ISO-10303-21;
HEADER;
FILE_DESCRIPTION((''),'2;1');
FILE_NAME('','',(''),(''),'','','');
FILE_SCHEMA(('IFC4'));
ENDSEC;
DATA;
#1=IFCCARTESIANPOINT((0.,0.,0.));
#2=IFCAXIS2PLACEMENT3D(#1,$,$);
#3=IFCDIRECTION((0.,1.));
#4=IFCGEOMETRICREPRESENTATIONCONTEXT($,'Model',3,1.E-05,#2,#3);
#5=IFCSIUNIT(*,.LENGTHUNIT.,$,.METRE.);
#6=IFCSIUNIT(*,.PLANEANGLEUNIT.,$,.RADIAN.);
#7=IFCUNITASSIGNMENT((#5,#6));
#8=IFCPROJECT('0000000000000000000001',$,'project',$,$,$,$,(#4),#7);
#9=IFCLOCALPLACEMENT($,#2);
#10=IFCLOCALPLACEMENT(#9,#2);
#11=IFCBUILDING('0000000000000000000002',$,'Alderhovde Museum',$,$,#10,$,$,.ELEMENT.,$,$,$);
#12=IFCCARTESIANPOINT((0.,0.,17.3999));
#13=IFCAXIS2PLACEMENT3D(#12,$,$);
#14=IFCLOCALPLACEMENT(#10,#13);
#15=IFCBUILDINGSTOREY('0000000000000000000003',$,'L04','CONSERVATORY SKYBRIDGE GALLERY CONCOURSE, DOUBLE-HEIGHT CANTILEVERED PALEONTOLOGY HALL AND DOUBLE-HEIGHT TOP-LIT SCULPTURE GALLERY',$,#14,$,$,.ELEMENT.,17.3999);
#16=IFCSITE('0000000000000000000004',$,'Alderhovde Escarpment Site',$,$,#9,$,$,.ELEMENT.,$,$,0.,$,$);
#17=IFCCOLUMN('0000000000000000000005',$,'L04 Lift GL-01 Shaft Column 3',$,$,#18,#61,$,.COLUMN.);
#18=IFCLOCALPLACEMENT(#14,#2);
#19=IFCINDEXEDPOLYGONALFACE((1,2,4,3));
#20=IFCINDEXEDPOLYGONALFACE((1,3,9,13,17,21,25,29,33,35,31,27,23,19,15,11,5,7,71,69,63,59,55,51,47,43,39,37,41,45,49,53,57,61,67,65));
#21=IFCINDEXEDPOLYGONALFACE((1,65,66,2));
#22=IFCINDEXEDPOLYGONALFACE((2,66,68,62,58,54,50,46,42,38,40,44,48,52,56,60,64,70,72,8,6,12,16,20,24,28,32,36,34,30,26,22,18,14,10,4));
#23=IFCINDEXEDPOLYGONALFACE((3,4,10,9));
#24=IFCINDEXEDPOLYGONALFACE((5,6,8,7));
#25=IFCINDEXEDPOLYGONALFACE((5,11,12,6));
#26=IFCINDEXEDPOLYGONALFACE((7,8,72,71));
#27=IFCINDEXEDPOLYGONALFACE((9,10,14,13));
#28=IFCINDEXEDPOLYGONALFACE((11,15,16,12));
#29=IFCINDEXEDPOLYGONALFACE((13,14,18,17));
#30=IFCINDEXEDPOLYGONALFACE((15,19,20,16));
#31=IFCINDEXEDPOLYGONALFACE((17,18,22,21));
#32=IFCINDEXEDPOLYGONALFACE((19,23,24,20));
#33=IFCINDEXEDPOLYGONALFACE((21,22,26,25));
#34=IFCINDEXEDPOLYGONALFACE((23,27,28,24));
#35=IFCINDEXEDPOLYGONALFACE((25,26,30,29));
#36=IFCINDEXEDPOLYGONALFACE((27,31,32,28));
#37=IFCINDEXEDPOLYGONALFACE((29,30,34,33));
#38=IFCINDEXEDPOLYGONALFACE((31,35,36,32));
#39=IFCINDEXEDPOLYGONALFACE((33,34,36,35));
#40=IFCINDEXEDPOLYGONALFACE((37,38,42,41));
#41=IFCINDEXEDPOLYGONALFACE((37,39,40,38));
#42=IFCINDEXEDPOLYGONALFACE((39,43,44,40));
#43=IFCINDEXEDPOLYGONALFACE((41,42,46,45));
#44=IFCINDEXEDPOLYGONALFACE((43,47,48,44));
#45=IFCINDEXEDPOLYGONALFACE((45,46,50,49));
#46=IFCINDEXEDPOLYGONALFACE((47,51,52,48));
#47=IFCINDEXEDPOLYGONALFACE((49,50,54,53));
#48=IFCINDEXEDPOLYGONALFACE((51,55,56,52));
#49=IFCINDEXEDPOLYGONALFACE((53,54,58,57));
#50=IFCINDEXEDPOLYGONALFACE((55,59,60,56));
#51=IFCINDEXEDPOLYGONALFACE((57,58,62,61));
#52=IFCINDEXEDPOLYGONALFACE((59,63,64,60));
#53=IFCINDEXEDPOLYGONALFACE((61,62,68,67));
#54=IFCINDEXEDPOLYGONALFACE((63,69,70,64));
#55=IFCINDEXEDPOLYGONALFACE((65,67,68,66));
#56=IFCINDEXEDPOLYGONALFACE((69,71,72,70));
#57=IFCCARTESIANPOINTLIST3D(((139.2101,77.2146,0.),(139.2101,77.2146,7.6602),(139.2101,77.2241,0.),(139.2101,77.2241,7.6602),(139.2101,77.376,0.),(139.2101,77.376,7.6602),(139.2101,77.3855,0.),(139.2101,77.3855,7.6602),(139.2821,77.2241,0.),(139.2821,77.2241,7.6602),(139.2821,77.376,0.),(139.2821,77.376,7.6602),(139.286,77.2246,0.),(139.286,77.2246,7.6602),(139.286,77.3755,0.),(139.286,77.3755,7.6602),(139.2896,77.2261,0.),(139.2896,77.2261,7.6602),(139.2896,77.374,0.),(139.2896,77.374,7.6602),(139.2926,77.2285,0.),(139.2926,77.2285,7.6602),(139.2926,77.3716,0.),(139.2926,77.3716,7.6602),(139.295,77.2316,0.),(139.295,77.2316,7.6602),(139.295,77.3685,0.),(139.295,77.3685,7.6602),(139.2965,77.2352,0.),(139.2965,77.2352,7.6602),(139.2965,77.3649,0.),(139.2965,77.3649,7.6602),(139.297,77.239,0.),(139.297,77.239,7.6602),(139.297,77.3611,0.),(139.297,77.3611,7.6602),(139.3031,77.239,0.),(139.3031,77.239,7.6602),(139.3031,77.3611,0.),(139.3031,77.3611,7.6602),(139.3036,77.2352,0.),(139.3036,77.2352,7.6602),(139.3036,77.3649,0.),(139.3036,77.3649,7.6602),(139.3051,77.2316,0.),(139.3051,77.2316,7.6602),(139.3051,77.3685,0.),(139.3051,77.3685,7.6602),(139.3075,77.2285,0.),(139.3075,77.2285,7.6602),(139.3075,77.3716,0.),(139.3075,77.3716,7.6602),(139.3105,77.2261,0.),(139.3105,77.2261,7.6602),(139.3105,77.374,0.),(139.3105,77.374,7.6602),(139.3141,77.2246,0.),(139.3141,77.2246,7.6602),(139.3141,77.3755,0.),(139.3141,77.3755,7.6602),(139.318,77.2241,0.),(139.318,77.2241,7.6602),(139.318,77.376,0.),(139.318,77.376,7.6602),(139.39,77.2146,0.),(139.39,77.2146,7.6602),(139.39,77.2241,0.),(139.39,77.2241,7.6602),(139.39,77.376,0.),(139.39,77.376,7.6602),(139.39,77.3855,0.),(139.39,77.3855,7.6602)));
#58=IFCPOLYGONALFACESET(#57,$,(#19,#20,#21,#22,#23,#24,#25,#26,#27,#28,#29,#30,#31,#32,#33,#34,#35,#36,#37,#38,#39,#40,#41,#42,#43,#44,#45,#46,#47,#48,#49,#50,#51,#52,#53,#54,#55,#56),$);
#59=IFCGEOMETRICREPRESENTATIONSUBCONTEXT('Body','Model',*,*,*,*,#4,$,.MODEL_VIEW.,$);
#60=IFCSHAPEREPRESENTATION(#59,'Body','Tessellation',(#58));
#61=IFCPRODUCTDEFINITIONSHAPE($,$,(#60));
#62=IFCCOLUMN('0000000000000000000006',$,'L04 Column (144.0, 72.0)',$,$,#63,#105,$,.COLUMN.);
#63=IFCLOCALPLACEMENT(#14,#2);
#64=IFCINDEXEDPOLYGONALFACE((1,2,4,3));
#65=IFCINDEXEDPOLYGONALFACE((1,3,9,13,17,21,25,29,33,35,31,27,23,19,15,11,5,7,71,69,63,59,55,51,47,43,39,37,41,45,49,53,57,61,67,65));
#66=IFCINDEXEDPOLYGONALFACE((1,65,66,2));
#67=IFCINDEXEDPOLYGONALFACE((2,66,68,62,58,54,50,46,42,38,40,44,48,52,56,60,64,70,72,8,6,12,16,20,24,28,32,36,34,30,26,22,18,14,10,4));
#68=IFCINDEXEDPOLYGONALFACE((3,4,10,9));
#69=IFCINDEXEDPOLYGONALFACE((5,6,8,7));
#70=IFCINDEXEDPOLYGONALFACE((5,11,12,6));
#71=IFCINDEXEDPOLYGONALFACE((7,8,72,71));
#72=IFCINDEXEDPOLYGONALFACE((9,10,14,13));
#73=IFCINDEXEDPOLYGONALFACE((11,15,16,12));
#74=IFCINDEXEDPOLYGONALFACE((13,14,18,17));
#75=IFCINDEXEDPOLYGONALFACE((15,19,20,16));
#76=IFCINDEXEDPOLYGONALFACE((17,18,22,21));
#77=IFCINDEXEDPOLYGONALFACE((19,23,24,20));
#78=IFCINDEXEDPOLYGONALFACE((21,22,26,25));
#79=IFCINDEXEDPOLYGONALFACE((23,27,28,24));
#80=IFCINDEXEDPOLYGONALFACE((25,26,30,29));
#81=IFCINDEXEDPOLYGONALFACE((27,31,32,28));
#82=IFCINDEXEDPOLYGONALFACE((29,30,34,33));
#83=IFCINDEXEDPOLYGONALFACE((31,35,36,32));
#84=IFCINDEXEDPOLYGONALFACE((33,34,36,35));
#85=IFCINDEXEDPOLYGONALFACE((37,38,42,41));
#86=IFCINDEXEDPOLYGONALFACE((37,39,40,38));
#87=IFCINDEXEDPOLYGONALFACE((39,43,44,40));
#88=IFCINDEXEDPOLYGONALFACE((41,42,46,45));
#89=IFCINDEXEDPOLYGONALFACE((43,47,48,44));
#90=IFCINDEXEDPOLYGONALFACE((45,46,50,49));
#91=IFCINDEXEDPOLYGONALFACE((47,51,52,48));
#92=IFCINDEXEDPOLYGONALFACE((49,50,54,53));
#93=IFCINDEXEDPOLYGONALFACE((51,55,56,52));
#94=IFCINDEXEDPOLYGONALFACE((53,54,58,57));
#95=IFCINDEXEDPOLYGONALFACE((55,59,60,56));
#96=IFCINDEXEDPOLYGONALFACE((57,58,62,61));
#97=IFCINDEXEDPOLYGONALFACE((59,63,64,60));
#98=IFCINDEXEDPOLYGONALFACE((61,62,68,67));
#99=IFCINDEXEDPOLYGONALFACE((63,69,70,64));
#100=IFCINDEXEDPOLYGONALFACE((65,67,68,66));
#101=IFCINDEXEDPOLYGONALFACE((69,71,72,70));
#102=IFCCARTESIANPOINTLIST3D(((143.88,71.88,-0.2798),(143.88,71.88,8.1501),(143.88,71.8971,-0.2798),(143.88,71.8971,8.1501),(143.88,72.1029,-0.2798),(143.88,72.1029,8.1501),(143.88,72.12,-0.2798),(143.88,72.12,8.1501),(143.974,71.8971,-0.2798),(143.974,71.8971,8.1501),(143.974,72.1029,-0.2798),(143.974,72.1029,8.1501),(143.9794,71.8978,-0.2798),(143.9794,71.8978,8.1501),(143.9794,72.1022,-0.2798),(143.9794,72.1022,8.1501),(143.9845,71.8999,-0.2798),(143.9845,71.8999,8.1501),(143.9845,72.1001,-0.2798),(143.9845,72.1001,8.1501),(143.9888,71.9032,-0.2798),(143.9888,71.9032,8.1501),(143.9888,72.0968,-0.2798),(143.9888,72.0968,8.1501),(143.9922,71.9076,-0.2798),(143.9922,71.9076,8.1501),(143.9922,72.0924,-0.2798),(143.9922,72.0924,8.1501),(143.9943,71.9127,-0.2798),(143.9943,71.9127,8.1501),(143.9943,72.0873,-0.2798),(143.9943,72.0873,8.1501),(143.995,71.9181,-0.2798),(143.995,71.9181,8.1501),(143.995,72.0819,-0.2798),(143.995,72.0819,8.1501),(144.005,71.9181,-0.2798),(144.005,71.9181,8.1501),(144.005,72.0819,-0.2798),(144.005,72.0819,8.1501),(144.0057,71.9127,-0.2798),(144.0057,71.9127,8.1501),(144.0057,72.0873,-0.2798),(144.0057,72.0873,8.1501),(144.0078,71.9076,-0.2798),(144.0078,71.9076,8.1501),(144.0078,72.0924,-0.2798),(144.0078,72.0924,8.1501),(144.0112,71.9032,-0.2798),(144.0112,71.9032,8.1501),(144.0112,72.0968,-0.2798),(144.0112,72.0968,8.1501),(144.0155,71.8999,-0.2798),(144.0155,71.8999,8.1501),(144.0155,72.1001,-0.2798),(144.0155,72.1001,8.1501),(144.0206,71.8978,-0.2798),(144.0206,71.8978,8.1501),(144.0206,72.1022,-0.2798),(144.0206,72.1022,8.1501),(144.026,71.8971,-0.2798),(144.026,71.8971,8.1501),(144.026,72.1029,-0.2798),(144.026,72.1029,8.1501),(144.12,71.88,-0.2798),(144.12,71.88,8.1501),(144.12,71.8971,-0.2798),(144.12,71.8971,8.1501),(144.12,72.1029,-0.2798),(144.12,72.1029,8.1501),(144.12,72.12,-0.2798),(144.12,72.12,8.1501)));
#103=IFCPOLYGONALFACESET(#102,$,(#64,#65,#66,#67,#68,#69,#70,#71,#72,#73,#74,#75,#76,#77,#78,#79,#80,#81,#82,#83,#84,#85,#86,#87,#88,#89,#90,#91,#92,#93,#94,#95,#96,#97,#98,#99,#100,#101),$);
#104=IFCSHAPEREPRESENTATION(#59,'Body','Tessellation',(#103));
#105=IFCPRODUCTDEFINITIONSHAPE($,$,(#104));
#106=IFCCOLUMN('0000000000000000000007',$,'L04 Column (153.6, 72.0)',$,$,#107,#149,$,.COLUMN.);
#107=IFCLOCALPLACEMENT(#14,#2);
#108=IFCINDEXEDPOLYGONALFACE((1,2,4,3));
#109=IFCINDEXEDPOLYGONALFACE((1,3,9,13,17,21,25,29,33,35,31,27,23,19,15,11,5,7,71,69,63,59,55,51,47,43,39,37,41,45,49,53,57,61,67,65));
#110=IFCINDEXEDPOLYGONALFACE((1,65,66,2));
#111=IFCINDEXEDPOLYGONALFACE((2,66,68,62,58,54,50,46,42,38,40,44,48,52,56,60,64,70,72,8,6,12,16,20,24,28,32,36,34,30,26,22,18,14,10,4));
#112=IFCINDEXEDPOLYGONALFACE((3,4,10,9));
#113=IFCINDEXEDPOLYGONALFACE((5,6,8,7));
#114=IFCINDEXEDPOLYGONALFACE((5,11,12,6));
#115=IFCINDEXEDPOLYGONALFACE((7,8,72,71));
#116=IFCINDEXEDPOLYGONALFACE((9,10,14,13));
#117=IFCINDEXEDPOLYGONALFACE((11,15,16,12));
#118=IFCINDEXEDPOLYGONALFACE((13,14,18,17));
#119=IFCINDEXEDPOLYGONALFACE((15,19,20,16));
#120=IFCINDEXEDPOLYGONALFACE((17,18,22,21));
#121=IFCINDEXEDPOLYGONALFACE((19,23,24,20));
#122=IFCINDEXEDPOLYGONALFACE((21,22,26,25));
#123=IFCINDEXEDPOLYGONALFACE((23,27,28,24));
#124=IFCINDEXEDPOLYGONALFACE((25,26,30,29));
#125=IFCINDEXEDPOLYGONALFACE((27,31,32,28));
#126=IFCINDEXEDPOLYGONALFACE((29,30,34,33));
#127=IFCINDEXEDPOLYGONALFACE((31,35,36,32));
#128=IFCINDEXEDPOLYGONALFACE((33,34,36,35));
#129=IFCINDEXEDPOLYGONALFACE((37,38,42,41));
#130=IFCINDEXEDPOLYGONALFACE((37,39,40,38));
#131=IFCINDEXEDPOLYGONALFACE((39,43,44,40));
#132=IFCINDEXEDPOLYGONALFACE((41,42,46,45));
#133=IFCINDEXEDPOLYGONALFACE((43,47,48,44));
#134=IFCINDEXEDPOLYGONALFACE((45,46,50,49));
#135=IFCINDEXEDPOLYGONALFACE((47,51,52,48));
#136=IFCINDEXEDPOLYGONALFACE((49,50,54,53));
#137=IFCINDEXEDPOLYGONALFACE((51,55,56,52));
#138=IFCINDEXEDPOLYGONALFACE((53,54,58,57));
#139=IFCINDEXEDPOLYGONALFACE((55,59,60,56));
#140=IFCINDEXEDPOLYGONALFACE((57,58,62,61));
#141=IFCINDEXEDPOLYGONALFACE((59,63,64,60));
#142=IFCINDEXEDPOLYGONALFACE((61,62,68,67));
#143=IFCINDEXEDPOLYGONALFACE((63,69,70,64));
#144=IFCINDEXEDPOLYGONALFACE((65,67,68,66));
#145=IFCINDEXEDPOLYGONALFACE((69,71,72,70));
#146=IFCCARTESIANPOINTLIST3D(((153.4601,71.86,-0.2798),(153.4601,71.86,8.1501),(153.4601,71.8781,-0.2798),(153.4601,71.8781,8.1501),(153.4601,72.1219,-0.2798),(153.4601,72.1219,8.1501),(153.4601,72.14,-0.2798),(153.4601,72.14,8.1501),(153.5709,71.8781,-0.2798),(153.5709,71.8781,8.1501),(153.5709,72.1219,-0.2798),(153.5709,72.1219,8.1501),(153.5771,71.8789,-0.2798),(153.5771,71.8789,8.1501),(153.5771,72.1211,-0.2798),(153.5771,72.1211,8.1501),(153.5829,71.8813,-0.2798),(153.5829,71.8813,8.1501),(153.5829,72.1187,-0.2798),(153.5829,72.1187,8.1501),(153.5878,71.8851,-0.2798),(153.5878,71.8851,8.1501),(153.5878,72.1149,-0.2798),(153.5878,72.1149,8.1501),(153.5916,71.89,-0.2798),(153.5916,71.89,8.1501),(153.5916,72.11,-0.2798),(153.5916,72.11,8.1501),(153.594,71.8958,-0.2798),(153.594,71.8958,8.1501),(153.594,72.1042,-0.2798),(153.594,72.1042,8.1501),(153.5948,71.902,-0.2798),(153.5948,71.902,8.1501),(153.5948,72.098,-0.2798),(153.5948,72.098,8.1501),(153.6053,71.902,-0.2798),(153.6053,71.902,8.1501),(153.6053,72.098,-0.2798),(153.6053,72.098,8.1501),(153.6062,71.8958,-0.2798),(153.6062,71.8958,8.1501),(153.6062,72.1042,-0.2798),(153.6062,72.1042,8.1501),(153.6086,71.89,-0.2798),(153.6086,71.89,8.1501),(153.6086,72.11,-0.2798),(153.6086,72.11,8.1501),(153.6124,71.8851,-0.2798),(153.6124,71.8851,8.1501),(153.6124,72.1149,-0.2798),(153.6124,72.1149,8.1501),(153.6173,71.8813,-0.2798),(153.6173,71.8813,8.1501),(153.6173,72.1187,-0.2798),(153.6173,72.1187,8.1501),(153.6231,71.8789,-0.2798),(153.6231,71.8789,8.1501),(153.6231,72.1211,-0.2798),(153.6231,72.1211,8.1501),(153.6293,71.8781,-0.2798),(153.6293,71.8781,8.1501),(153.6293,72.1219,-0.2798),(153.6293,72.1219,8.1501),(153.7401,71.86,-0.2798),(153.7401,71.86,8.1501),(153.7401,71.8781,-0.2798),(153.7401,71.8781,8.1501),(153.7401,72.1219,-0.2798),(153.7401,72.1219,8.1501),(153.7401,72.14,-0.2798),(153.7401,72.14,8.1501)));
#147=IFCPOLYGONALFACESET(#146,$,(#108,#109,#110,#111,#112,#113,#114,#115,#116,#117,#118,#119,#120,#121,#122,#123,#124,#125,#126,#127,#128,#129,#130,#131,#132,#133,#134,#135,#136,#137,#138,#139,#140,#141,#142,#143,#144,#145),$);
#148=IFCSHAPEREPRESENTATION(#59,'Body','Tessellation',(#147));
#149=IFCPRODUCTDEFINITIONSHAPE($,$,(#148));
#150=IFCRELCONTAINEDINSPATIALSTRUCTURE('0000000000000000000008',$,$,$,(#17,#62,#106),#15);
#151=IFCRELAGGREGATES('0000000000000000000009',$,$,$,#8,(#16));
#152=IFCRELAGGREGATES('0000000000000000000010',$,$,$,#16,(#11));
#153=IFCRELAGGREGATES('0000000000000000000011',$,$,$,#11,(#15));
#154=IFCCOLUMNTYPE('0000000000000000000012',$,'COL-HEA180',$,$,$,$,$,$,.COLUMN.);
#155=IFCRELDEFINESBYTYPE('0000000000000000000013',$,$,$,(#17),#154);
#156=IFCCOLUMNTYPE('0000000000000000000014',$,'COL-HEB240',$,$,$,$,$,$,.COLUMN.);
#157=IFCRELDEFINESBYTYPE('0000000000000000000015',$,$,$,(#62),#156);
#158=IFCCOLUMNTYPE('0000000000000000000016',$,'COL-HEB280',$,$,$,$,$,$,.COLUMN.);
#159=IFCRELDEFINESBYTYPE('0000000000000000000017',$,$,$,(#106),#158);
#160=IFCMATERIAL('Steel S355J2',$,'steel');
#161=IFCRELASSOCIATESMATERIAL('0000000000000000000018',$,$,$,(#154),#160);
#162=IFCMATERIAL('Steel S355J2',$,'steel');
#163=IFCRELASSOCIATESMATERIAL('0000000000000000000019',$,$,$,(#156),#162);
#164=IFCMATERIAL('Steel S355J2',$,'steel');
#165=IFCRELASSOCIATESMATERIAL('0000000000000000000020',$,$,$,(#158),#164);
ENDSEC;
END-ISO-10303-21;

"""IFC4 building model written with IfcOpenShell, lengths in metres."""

from ifc_helpers import new_model, si_unit, direction, frame, origin, origin_2d, place, context, subcontext, project, spatial, i_section, extrude, material, material_profile, profile_set, type_object, element, save


model = new_model("IFC4")

# Units and contexts
model_context = context("Model", 3, precision=1e-05, world=origin(), true_north=direction((0.0, 1.0)))
body_context = subcontext(model_context, "Body", "Model", "MODEL_VIEW")
ifc_project = project(units=[si_unit("LENGTHUNIT", "METRE"), si_unit("PLANEANGLEUNIT", "RADIAN")], contexts=[model_context])

# Site, building, storey
site_placement = place(None, origin())
site = spatial("IfcSite", under=ifc_project, at=site_placement, Name="Alderhovde Escarpment Site", CompositionType="ELEMENT", RefElevation=0.0)
building_placement = place(site_placement, origin())
building = spatial("IfcBuilding", under=site, at=building_placement, Name="Alderhovde Museum", CompositionType="ELEMENT")
storey_placement = place(building_placement, frame((0.0, 0.0, 17.3999)))
storey = spatial("IfcBuildingStorey", under=building, at=storey_placement, Name="L04", Description="CONSERVATORY SKYBRIDGE GALLERY CONCOURSE, DOUBLE-HEIGHT CANTILEVERED PALEONTOLOGY HALL AND DOUBLE-HEIGHT TOP-LIT SCULPTURE GALLERY", CompositionType="ELEMENT", Elevation=17.3999)

# Columns
ifc_material_1 = material(Name="Steel S355J2", Category="steel")
ifc_material_profile_1 = material_profile(ifc_material_1, i_section(OverallWidth=0.1799, OverallDepth=0.1709, WebThickness=0.0061, FlangeThickness=0.0095, FilletRadius=0.0149, at=origin_2d()), Name="HEA 180")
ifc_profile_set_1 = profile_set([ifc_material_profile_1], Name="Steel S355J2")
column_type_1 = type_object("IfcColumnType", Name="COL-HEA180", PredefinedType="COLUMN", material=ifc_profile_set_1)
column_1_placement = place(storey_placement, frame((139.3, 77.3, 0.0), z_axis=(0.0, 0.0, 1.0), x_axis=(1.0, 0.0, 0.0)))
element("IfcColumn", 1, at=column_1_placement, inside=storey, type_object=column_type_1, Name="L04 Lift GL-01 Shaft Column 3", PredefinedType="COLUMN", context=body_context, shape_type="SweptSolid", body=[
    extrude(i_section(OverallWidth=0.1799, OverallDepth=0.1709, WebThickness=0.0061, FlangeThickness=0.0095, FilletRadius=0.0149, at=origin_2d()), origin(), (0.0, 0.0, 1.0), 7.6602),
])
ifc_material_2 = material(Name="Steel S355J2", Category="steel")
ifc_material_profile_2 = material_profile(ifc_material_2, i_section(OverallWidth=0.24, OverallDepth=0.24, WebThickness=0.01, FlangeThickness=0.0171, FilletRadius=0.021, at=origin_2d()), Name="HEB 240")
ifc_profile_set_2 = profile_set([ifc_material_profile_2], Name="Steel S355J2")
column_type_2 = type_object("IfcColumnType", Name="COL-HEB240", PredefinedType="COLUMN", material=ifc_profile_set_2)
column_2_placement = place(storey_placement, frame((144.0, 72.0, -0.2798), z_axis=(0.0, 0.0, 1.0), x_axis=(1.0, 0.0, 0.0)))
element("IfcColumn", 2, at=column_2_placement, inside=storey, type_object=column_type_2, Name="L04 Column (144.0, 72.0)", PredefinedType="COLUMN", context=body_context, shape_type="SweptSolid", body=[
    extrude(i_section(OverallWidth=0.24, OverallDepth=0.24, WebThickness=0.01, FlangeThickness=0.0171, FilletRadius=0.021, at=origin_2d()), origin(), (0.0, 0.0, 1.0), 8.4299),
])
ifc_material_3 = material(Name="Steel S355J2", Category="steel")
ifc_material_profile_3 = material_profile(ifc_material_3, i_section(OverallWidth=0.28, OverallDepth=0.28, WebThickness=0.0105, FlangeThickness=0.0181, FilletRadius=0.0239, at=origin_2d()), Name="HEB 280")
ifc_profile_set_3 = profile_set([ifc_material_profile_3], Name="Steel S355J2")
column_type_3 = type_object("IfcColumnType", Name="COL-HEB280", PredefinedType="COLUMN", material=ifc_profile_set_3)
column_3_placement = place(storey_placement, frame((153.6001, 72.0, -0.2798), z_axis=(0.0, 0.0, 1.0), x_axis=(1.0, 0.0, 0.0)))
element("IfcColumn", 3, at=column_3_placement, inside=storey, type_object=column_type_3, Name="L04 Column (153.6, 72.0)", PredefinedType="COLUMN", context=body_context, shape_type="SweptSolid", body=[
    extrude(i_section(OverallWidth=0.28, OverallDepth=0.28, WebThickness=0.0105, FlangeThickness=0.0181, FilletRadius=0.0239, at=origin_2d()), origin(), (0.0, 0.0, 1.0), 8.4299),
])

save(model, "model.ifc")
